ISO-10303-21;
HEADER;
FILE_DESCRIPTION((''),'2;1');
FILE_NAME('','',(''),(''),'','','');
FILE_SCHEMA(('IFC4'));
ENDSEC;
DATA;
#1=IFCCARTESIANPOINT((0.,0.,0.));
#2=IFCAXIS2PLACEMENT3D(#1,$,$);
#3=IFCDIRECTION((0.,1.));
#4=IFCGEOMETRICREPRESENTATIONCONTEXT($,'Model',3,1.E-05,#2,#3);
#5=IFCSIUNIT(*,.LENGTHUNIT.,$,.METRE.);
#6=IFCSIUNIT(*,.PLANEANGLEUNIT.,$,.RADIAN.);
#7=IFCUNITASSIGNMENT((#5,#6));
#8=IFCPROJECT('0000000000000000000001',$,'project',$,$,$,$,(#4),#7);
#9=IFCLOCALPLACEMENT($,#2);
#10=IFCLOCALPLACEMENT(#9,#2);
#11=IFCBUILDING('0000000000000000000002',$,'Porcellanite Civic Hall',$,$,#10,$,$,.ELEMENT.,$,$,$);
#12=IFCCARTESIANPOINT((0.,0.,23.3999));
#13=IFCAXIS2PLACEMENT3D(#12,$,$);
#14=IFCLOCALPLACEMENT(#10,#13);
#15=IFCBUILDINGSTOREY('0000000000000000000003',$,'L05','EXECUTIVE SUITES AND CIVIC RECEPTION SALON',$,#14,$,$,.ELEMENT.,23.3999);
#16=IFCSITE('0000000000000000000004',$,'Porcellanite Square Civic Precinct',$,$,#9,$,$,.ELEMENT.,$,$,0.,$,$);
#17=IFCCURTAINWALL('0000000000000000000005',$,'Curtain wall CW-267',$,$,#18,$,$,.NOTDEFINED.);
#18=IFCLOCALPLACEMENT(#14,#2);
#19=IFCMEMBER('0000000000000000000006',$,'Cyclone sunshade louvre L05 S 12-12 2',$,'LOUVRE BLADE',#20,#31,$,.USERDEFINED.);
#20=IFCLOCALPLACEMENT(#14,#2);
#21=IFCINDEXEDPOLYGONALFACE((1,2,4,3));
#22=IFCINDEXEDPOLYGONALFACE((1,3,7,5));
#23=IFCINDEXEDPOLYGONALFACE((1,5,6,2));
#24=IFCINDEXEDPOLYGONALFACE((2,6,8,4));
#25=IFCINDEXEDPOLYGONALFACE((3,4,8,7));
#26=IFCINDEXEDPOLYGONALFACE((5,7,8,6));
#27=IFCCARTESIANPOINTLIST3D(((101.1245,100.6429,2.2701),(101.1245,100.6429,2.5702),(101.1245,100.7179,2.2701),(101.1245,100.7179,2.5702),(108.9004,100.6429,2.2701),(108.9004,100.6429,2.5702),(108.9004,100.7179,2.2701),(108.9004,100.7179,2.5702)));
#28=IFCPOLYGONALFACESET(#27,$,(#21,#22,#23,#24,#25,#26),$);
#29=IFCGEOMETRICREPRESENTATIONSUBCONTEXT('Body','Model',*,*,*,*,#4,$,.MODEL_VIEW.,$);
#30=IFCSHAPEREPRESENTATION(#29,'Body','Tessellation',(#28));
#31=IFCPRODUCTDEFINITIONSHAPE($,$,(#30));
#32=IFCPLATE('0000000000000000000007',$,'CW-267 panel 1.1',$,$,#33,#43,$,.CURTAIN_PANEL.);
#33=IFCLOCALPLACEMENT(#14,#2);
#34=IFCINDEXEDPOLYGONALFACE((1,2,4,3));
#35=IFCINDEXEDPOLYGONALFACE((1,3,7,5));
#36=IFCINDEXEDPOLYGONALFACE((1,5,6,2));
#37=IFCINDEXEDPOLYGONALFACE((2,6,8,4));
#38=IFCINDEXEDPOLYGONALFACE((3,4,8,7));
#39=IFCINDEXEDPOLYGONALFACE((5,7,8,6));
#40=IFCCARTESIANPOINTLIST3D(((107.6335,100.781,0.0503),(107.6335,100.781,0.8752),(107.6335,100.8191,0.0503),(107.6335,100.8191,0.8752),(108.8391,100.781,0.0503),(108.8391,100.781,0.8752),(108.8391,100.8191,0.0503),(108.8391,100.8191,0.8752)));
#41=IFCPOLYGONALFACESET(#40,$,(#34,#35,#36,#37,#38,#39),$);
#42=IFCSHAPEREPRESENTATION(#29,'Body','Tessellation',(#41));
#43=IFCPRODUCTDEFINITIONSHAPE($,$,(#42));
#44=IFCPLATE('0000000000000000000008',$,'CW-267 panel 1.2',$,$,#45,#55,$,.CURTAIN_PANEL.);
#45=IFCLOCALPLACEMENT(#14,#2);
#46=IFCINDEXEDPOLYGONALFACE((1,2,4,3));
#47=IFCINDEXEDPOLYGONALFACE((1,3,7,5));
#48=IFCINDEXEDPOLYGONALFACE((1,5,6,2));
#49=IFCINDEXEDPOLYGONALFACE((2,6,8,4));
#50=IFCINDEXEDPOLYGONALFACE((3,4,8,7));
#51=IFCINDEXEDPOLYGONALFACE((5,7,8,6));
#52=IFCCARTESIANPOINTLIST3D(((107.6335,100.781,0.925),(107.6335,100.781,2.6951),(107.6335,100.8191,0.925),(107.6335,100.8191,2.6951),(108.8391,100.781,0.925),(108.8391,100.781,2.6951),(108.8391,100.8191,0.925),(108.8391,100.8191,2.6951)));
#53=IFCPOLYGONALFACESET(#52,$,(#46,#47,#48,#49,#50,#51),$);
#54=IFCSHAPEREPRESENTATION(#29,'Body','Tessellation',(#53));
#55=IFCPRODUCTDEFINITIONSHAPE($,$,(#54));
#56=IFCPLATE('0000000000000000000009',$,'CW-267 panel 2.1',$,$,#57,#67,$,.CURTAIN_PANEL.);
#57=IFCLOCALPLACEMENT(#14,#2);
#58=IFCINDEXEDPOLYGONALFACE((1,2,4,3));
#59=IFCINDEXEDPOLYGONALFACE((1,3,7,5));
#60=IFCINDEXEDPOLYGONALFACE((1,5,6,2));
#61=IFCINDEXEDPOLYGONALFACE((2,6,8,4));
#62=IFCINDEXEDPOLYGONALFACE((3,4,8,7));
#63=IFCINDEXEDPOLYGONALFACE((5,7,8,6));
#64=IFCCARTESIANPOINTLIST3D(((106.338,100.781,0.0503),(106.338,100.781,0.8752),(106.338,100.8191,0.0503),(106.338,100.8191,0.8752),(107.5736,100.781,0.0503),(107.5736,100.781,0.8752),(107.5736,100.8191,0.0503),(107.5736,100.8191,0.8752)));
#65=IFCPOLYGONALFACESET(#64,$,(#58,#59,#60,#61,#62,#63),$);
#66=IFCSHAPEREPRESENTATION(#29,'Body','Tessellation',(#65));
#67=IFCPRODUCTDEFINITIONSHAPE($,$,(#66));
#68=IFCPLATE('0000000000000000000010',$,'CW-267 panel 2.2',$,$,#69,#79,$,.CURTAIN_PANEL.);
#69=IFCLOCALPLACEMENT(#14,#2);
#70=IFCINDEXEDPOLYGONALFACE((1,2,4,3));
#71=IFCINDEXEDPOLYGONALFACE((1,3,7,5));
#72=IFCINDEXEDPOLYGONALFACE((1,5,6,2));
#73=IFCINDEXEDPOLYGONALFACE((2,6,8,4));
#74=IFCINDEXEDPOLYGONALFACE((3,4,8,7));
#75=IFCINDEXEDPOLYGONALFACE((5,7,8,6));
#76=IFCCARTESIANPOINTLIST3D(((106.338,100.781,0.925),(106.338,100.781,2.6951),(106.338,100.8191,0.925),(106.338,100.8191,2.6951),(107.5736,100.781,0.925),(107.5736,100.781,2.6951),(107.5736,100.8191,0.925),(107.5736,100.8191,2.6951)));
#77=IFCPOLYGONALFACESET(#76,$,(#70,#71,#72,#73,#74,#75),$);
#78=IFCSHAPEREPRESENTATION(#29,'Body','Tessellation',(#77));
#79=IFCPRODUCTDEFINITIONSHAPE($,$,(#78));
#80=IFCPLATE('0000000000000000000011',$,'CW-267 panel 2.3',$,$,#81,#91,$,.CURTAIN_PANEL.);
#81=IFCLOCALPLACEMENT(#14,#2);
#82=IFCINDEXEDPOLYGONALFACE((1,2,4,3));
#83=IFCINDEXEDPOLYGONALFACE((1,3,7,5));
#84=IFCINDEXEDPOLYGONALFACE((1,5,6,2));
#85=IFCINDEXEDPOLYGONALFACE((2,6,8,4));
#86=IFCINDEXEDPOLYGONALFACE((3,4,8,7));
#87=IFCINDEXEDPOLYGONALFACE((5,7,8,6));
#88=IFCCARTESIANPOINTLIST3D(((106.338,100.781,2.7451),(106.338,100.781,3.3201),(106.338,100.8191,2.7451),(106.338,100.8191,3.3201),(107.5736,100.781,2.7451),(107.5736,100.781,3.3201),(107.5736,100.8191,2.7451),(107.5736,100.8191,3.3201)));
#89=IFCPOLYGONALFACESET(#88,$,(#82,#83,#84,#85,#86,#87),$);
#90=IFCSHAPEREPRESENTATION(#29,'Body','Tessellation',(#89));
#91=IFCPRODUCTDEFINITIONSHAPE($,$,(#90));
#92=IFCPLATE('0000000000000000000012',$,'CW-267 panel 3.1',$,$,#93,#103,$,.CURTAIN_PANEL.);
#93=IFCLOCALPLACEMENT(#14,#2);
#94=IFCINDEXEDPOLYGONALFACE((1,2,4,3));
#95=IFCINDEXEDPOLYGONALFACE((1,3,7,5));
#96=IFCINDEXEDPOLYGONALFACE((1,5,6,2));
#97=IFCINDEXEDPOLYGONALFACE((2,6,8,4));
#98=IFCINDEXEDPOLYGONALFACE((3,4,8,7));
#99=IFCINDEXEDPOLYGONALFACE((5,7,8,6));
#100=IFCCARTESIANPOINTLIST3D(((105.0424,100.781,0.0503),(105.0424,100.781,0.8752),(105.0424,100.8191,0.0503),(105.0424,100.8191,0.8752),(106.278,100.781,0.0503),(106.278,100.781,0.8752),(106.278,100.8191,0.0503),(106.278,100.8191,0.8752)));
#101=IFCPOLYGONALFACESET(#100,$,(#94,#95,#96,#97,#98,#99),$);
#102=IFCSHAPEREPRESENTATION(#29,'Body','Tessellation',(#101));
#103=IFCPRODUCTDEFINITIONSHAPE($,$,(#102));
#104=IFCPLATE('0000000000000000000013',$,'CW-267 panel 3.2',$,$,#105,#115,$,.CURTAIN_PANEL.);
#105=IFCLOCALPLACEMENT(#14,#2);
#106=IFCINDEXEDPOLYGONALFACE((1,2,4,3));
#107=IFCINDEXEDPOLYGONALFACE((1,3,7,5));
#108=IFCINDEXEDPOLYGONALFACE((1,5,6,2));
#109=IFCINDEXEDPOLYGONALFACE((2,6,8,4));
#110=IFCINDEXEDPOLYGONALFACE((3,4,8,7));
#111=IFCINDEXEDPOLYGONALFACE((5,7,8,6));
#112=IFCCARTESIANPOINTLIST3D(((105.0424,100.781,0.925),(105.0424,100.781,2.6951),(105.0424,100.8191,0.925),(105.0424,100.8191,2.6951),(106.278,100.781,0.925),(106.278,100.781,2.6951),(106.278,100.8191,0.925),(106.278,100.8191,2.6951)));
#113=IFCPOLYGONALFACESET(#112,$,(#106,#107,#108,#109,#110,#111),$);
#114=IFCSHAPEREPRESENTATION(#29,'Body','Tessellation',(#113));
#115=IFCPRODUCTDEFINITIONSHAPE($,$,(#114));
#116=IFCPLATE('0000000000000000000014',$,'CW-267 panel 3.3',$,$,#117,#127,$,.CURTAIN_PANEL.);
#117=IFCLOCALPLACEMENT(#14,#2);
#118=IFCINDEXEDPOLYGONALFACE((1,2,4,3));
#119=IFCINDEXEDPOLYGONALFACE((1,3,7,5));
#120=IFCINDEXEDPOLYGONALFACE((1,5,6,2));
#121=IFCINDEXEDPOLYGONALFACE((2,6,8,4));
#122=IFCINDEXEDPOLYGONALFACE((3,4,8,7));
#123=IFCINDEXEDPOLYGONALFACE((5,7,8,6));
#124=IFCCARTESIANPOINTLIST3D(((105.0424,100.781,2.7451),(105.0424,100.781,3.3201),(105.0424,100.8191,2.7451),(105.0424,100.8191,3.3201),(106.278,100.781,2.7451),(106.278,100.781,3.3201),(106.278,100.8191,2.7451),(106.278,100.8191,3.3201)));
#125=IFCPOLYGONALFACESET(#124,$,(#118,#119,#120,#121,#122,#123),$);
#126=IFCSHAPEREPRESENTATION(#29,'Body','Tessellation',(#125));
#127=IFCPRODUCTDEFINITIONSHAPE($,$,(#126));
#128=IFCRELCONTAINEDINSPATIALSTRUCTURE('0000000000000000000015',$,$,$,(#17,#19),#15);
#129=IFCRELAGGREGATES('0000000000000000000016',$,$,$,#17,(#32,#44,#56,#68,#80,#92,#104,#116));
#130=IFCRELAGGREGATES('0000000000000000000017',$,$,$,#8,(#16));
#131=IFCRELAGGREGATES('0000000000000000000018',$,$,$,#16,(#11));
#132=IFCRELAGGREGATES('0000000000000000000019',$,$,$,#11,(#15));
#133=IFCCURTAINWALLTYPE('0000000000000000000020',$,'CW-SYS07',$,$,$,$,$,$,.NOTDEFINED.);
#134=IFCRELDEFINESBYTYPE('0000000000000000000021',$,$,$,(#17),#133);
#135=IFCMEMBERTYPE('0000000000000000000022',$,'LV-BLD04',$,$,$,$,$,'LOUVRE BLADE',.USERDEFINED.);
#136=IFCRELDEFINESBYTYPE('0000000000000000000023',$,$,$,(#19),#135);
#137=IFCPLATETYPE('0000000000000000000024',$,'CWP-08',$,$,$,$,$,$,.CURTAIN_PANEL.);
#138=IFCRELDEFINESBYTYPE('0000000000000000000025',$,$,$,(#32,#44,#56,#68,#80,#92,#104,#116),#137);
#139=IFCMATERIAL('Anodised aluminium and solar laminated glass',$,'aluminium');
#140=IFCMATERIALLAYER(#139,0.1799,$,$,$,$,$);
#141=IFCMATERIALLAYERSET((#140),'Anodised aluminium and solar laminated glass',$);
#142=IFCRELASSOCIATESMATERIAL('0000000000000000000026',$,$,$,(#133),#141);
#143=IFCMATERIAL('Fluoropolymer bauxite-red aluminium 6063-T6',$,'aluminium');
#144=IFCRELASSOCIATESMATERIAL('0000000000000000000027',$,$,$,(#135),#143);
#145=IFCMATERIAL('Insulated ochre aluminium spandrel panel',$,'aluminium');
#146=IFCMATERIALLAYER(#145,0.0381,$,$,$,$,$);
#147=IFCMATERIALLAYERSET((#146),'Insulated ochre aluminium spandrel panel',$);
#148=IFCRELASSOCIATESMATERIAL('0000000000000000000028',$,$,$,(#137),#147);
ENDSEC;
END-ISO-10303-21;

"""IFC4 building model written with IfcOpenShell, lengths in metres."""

from ifc_helpers import new_model, si_unit, direction, frame, origin, origin_2d, place, context, subcontext, project, spatial, rectangle, extrude, material, layer, layer_set, material_profile, profile_set, type_object, element, aggregate, save


model = new_model("IFC4")

# Units and contexts
model_context = context("Model", 3, precision=1e-05, world=origin(), true_north=direction((0.0, 1.0)))
body_context = subcontext(model_context, "Body", "Model", "MODEL_VIEW")
ifc_project = project(units=[si_unit("LENGTHUNIT", "METRE"), si_unit("PLANEANGLEUNIT", "RADIAN")], contexts=[model_context])

# Site, building, storey
site_placement = place(None, origin())
site = spatial("IfcSite", under=ifc_project, at=site_placement, Name="Porcellanite Square Civic Precinct", CompositionType="ELEMENT", RefElevation=0.0)
building_placement = place(site_placement, origin())
building = spatial("IfcBuilding", under=site, at=building_placement, Name="Porcellanite Civic Hall", CompositionType="ELEMENT")
storey_placement = place(building_placement, frame((0.0, 0.0, 23.3999)))
storey = spatial("IfcBuildingStorey", under=building, at=storey_placement, Name="L05", Description="EXECUTIVE SUITES AND CIVIC RECEPTION SALON", CompositionType="ELEMENT", Elevation=23.3999)

# Curtain wall
ifc_material_1 = material(Name="Anodised aluminium and solar laminated glass", Category="aluminium")
ifc_layer_1 = layer(ifc_material_1, 0.1799)
ifc_layer_set_1 = layer_set([ifc_layer_1], Name="Anodised aluminium and solar laminated glass")
curtain_wall_type = type_object("IfcCurtainWallType", Name="CW-SYS07", PredefinedType="NOTDEFINED", material=ifc_layer_set_1)
curtain_wall_placement = place(storey_placement, origin())
curtain_wall = element("IfcCurtainWall", 1, at=curtain_wall_placement, inside=storey, type_object=curtain_wall_type, Name="Curtain wall CW-267", PredefinedType="NOTDEFINED")

# Member
ifc_material_2 = material(Name="Fluoropolymer bauxite-red aluminium 6063-T6", Category="aluminium")
ifc_material_profile_1 = material_profile(ifc_material_2, rectangle(XDim=0.075, YDim=0.3, at=origin_2d()), Name="AL-75x300")
ifc_profile_set_1 = profile_set([ifc_material_profile_1], Name="Fluoropolymer bauxite-red aluminium 6063-T6")
member_type_1 = type_object("IfcMemberType", Name="LV-BLD04", ElementType="LOUVRE BLADE", PredefinedType="USERDEFINED", material=ifc_profile_set_1)
for number, where, z_axis, x_axis, name in (
    (2, (108.9004, 100.6804, 2.4202), (-1.0, 0.0, 0.0), (0.0, -1.0, 0.0), "Cyclone sunshade louvre L05 S 12-12 2"),
):
    element("IfcMember", number, at=place(storey_placement, frame(where, z_axis=z_axis, x_axis=x_axis)), inside=storey, type_object=member_type_1, Name=name, ObjectType="LOUVRE BLADE", PredefinedType="USERDEFINED", context=body_context, shape_type="SweptSolid", body=[
        extrude(rectangle(XDim=0.075, YDim=0.3, at=origin_2d()), origin(), (0.0, 0.0, 1.0), 7.7759),
    ])

# Plates
ifc_material_3 = material(Name="Insulated ochre aluminium spandrel panel", Category="aluminium")
ifc_layer_2 = layer(ifc_material_3, 0.0381)
ifc_layer_set_2 = layer_set([ifc_layer_2], Name="Insulated ochre aluminium spandrel panel")
plate_type = type_object("IfcPlateType", Name="CWP-08", PredefinedType="CURTAIN_PANEL", material=ifc_layer_set_2)
plate_1_placement = place(storey_placement, frame((108.2363, 100.8, 0.0503), z_axis=(0.0, 0.0, 1.0), x_axis=(-1.0, 0.0, 0.0)))
plate_1 = element("IfcPlate", 3, at=plate_1_placement, type_object=plate_type, Name="CW-267 panel 1.1", PredefinedType="CURTAIN_PANEL", context=body_context, shape_type="SweptSolid", body=[
    extrude(rectangle(XDim=1.2056, YDim=0.0381, at=origin_2d()), origin(), (0.0, 0.0, 1.0), 0.825),
])
plate_2_placement = place(storey_placement, frame((108.2363, 100.8, 0.925), z_axis=(0.0, 0.0, 1.0), x_axis=(-1.0, 0.0, 0.0)))
plate_2 = element("IfcPlate", 4, at=plate_2_placement, type_object=plate_type, Name="CW-267 panel 1.2", PredefinedType="CURTAIN_PANEL", context=body_context, shape_type="SweptSolid", body=[
    extrude(rectangle(XDim=1.2056, YDim=0.0381, at=origin_2d()), origin(), (0.0, 0.0, 1.0), 1.77),
])
plate_3_placement = place(storey_placement, frame((106.9558, 100.8, 0.0503), z_axis=(0.0, 0.0, 1.0), x_axis=(-1.0, 0.0, 0.0)))
plate_3 = element("IfcPlate", 5, at=plate_3_placement, type_object=plate_type, Name="CW-267 panel 2.1", PredefinedType="CURTAIN_PANEL", context=body_context, shape_type="SweptSolid", body=[
    extrude(rectangle(XDim=1.2356, YDim=0.0381, at=origin_2d()), origin(), (0.0, 0.0, 1.0), 0.825),
])
plate_4_placement = place(storey_placement, frame((106.9558, 100.8, 0.925), z_axis=(0.0, 0.0, 1.0), x_axis=(-1.0, 0.0, 0.0)))
plate_4 = element("IfcPlate", 6, at=plate_4_placement, type_object=plate_type, Name="CW-267 panel 2.2", PredefinedType="CURTAIN_PANEL", context=body_context, shape_type="SweptSolid", body=[
    extrude(rectangle(XDim=1.2356, YDim=0.0381, at=origin_2d()), origin(), (0.0, 0.0, 1.0), 1.77),
])
plate_5_placement = place(storey_placement, frame((106.9558, 100.8, 2.7451), z_axis=(0.0, 0.0, 1.0), x_axis=(-1.0, 0.0, 0.0)))
plate_5 = element("IfcPlate", 7, at=plate_5_placement, type_object=plate_type, Name="CW-267 panel 2.3", PredefinedType="CURTAIN_PANEL", context=body_context, shape_type="SweptSolid", body=[
    extrude(rectangle(XDim=1.2356, YDim=0.0381, at=origin_2d()), origin(), (0.0, 0.0, 1.0), 0.575),
])
plate_6_placement = place(storey_placement, frame((105.6602, 100.8, 0.0503), z_axis=(0.0, 0.0, 1.0), x_axis=(-1.0, 0.0, 0.0)))
plate_6 = element("IfcPlate", 8, at=plate_6_placement, type_object=plate_type, Name="CW-267 panel 3.1", PredefinedType="CURTAIN_PANEL", context=body_context, shape_type="SweptSolid", body=[
    extrude(rectangle(XDim=1.2356, YDim=0.0381, at=origin_2d()), origin(), (0.0, 0.0, 1.0), 0.825),
])
plate_7_placement = place(storey_placement, frame((105.6602, 100.8, 0.925), z_axis=(0.0, 0.0, 1.0), x_axis=(-1.0, 0.0, 0.0)))
plate_7 = element("IfcPlate", 9, at=plate_7_placement, type_object=plate_type, Name="CW-267 panel 3.2", PredefinedType="CURTAIN_PANEL", context=body_context, shape_type="SweptSolid", body=[
    extrude(rectangle(XDim=1.2356, YDim=0.0381, at=origin_2d()), origin(), (0.0, 0.0, 1.0), 1.77),
])
plate_8_placement = place(storey_placement, frame((105.6602, 100.8, 2.7451), z_axis=(0.0, 0.0, 1.0), x_axis=(-1.0, 0.0, 0.0)))
plate_8 = element("IfcPlate", 10, at=plate_8_placement, type_object=plate_type, Name="CW-267 panel 3.3", PredefinedType="CURTAIN_PANEL", context=body_context, shape_type="SweptSolid", body=[
    extrude(rectangle(XDim=1.2356, YDim=0.0381, at=origin_2d()), origin(), (0.0, 0.0, 1.0), 0.575),
])
aggregate(curtain_wall, [plate_1, plate_2, plate_3, plate_4, plate_5, plate_6, plate_7, plate_8])

save(model, "model.ifc")
